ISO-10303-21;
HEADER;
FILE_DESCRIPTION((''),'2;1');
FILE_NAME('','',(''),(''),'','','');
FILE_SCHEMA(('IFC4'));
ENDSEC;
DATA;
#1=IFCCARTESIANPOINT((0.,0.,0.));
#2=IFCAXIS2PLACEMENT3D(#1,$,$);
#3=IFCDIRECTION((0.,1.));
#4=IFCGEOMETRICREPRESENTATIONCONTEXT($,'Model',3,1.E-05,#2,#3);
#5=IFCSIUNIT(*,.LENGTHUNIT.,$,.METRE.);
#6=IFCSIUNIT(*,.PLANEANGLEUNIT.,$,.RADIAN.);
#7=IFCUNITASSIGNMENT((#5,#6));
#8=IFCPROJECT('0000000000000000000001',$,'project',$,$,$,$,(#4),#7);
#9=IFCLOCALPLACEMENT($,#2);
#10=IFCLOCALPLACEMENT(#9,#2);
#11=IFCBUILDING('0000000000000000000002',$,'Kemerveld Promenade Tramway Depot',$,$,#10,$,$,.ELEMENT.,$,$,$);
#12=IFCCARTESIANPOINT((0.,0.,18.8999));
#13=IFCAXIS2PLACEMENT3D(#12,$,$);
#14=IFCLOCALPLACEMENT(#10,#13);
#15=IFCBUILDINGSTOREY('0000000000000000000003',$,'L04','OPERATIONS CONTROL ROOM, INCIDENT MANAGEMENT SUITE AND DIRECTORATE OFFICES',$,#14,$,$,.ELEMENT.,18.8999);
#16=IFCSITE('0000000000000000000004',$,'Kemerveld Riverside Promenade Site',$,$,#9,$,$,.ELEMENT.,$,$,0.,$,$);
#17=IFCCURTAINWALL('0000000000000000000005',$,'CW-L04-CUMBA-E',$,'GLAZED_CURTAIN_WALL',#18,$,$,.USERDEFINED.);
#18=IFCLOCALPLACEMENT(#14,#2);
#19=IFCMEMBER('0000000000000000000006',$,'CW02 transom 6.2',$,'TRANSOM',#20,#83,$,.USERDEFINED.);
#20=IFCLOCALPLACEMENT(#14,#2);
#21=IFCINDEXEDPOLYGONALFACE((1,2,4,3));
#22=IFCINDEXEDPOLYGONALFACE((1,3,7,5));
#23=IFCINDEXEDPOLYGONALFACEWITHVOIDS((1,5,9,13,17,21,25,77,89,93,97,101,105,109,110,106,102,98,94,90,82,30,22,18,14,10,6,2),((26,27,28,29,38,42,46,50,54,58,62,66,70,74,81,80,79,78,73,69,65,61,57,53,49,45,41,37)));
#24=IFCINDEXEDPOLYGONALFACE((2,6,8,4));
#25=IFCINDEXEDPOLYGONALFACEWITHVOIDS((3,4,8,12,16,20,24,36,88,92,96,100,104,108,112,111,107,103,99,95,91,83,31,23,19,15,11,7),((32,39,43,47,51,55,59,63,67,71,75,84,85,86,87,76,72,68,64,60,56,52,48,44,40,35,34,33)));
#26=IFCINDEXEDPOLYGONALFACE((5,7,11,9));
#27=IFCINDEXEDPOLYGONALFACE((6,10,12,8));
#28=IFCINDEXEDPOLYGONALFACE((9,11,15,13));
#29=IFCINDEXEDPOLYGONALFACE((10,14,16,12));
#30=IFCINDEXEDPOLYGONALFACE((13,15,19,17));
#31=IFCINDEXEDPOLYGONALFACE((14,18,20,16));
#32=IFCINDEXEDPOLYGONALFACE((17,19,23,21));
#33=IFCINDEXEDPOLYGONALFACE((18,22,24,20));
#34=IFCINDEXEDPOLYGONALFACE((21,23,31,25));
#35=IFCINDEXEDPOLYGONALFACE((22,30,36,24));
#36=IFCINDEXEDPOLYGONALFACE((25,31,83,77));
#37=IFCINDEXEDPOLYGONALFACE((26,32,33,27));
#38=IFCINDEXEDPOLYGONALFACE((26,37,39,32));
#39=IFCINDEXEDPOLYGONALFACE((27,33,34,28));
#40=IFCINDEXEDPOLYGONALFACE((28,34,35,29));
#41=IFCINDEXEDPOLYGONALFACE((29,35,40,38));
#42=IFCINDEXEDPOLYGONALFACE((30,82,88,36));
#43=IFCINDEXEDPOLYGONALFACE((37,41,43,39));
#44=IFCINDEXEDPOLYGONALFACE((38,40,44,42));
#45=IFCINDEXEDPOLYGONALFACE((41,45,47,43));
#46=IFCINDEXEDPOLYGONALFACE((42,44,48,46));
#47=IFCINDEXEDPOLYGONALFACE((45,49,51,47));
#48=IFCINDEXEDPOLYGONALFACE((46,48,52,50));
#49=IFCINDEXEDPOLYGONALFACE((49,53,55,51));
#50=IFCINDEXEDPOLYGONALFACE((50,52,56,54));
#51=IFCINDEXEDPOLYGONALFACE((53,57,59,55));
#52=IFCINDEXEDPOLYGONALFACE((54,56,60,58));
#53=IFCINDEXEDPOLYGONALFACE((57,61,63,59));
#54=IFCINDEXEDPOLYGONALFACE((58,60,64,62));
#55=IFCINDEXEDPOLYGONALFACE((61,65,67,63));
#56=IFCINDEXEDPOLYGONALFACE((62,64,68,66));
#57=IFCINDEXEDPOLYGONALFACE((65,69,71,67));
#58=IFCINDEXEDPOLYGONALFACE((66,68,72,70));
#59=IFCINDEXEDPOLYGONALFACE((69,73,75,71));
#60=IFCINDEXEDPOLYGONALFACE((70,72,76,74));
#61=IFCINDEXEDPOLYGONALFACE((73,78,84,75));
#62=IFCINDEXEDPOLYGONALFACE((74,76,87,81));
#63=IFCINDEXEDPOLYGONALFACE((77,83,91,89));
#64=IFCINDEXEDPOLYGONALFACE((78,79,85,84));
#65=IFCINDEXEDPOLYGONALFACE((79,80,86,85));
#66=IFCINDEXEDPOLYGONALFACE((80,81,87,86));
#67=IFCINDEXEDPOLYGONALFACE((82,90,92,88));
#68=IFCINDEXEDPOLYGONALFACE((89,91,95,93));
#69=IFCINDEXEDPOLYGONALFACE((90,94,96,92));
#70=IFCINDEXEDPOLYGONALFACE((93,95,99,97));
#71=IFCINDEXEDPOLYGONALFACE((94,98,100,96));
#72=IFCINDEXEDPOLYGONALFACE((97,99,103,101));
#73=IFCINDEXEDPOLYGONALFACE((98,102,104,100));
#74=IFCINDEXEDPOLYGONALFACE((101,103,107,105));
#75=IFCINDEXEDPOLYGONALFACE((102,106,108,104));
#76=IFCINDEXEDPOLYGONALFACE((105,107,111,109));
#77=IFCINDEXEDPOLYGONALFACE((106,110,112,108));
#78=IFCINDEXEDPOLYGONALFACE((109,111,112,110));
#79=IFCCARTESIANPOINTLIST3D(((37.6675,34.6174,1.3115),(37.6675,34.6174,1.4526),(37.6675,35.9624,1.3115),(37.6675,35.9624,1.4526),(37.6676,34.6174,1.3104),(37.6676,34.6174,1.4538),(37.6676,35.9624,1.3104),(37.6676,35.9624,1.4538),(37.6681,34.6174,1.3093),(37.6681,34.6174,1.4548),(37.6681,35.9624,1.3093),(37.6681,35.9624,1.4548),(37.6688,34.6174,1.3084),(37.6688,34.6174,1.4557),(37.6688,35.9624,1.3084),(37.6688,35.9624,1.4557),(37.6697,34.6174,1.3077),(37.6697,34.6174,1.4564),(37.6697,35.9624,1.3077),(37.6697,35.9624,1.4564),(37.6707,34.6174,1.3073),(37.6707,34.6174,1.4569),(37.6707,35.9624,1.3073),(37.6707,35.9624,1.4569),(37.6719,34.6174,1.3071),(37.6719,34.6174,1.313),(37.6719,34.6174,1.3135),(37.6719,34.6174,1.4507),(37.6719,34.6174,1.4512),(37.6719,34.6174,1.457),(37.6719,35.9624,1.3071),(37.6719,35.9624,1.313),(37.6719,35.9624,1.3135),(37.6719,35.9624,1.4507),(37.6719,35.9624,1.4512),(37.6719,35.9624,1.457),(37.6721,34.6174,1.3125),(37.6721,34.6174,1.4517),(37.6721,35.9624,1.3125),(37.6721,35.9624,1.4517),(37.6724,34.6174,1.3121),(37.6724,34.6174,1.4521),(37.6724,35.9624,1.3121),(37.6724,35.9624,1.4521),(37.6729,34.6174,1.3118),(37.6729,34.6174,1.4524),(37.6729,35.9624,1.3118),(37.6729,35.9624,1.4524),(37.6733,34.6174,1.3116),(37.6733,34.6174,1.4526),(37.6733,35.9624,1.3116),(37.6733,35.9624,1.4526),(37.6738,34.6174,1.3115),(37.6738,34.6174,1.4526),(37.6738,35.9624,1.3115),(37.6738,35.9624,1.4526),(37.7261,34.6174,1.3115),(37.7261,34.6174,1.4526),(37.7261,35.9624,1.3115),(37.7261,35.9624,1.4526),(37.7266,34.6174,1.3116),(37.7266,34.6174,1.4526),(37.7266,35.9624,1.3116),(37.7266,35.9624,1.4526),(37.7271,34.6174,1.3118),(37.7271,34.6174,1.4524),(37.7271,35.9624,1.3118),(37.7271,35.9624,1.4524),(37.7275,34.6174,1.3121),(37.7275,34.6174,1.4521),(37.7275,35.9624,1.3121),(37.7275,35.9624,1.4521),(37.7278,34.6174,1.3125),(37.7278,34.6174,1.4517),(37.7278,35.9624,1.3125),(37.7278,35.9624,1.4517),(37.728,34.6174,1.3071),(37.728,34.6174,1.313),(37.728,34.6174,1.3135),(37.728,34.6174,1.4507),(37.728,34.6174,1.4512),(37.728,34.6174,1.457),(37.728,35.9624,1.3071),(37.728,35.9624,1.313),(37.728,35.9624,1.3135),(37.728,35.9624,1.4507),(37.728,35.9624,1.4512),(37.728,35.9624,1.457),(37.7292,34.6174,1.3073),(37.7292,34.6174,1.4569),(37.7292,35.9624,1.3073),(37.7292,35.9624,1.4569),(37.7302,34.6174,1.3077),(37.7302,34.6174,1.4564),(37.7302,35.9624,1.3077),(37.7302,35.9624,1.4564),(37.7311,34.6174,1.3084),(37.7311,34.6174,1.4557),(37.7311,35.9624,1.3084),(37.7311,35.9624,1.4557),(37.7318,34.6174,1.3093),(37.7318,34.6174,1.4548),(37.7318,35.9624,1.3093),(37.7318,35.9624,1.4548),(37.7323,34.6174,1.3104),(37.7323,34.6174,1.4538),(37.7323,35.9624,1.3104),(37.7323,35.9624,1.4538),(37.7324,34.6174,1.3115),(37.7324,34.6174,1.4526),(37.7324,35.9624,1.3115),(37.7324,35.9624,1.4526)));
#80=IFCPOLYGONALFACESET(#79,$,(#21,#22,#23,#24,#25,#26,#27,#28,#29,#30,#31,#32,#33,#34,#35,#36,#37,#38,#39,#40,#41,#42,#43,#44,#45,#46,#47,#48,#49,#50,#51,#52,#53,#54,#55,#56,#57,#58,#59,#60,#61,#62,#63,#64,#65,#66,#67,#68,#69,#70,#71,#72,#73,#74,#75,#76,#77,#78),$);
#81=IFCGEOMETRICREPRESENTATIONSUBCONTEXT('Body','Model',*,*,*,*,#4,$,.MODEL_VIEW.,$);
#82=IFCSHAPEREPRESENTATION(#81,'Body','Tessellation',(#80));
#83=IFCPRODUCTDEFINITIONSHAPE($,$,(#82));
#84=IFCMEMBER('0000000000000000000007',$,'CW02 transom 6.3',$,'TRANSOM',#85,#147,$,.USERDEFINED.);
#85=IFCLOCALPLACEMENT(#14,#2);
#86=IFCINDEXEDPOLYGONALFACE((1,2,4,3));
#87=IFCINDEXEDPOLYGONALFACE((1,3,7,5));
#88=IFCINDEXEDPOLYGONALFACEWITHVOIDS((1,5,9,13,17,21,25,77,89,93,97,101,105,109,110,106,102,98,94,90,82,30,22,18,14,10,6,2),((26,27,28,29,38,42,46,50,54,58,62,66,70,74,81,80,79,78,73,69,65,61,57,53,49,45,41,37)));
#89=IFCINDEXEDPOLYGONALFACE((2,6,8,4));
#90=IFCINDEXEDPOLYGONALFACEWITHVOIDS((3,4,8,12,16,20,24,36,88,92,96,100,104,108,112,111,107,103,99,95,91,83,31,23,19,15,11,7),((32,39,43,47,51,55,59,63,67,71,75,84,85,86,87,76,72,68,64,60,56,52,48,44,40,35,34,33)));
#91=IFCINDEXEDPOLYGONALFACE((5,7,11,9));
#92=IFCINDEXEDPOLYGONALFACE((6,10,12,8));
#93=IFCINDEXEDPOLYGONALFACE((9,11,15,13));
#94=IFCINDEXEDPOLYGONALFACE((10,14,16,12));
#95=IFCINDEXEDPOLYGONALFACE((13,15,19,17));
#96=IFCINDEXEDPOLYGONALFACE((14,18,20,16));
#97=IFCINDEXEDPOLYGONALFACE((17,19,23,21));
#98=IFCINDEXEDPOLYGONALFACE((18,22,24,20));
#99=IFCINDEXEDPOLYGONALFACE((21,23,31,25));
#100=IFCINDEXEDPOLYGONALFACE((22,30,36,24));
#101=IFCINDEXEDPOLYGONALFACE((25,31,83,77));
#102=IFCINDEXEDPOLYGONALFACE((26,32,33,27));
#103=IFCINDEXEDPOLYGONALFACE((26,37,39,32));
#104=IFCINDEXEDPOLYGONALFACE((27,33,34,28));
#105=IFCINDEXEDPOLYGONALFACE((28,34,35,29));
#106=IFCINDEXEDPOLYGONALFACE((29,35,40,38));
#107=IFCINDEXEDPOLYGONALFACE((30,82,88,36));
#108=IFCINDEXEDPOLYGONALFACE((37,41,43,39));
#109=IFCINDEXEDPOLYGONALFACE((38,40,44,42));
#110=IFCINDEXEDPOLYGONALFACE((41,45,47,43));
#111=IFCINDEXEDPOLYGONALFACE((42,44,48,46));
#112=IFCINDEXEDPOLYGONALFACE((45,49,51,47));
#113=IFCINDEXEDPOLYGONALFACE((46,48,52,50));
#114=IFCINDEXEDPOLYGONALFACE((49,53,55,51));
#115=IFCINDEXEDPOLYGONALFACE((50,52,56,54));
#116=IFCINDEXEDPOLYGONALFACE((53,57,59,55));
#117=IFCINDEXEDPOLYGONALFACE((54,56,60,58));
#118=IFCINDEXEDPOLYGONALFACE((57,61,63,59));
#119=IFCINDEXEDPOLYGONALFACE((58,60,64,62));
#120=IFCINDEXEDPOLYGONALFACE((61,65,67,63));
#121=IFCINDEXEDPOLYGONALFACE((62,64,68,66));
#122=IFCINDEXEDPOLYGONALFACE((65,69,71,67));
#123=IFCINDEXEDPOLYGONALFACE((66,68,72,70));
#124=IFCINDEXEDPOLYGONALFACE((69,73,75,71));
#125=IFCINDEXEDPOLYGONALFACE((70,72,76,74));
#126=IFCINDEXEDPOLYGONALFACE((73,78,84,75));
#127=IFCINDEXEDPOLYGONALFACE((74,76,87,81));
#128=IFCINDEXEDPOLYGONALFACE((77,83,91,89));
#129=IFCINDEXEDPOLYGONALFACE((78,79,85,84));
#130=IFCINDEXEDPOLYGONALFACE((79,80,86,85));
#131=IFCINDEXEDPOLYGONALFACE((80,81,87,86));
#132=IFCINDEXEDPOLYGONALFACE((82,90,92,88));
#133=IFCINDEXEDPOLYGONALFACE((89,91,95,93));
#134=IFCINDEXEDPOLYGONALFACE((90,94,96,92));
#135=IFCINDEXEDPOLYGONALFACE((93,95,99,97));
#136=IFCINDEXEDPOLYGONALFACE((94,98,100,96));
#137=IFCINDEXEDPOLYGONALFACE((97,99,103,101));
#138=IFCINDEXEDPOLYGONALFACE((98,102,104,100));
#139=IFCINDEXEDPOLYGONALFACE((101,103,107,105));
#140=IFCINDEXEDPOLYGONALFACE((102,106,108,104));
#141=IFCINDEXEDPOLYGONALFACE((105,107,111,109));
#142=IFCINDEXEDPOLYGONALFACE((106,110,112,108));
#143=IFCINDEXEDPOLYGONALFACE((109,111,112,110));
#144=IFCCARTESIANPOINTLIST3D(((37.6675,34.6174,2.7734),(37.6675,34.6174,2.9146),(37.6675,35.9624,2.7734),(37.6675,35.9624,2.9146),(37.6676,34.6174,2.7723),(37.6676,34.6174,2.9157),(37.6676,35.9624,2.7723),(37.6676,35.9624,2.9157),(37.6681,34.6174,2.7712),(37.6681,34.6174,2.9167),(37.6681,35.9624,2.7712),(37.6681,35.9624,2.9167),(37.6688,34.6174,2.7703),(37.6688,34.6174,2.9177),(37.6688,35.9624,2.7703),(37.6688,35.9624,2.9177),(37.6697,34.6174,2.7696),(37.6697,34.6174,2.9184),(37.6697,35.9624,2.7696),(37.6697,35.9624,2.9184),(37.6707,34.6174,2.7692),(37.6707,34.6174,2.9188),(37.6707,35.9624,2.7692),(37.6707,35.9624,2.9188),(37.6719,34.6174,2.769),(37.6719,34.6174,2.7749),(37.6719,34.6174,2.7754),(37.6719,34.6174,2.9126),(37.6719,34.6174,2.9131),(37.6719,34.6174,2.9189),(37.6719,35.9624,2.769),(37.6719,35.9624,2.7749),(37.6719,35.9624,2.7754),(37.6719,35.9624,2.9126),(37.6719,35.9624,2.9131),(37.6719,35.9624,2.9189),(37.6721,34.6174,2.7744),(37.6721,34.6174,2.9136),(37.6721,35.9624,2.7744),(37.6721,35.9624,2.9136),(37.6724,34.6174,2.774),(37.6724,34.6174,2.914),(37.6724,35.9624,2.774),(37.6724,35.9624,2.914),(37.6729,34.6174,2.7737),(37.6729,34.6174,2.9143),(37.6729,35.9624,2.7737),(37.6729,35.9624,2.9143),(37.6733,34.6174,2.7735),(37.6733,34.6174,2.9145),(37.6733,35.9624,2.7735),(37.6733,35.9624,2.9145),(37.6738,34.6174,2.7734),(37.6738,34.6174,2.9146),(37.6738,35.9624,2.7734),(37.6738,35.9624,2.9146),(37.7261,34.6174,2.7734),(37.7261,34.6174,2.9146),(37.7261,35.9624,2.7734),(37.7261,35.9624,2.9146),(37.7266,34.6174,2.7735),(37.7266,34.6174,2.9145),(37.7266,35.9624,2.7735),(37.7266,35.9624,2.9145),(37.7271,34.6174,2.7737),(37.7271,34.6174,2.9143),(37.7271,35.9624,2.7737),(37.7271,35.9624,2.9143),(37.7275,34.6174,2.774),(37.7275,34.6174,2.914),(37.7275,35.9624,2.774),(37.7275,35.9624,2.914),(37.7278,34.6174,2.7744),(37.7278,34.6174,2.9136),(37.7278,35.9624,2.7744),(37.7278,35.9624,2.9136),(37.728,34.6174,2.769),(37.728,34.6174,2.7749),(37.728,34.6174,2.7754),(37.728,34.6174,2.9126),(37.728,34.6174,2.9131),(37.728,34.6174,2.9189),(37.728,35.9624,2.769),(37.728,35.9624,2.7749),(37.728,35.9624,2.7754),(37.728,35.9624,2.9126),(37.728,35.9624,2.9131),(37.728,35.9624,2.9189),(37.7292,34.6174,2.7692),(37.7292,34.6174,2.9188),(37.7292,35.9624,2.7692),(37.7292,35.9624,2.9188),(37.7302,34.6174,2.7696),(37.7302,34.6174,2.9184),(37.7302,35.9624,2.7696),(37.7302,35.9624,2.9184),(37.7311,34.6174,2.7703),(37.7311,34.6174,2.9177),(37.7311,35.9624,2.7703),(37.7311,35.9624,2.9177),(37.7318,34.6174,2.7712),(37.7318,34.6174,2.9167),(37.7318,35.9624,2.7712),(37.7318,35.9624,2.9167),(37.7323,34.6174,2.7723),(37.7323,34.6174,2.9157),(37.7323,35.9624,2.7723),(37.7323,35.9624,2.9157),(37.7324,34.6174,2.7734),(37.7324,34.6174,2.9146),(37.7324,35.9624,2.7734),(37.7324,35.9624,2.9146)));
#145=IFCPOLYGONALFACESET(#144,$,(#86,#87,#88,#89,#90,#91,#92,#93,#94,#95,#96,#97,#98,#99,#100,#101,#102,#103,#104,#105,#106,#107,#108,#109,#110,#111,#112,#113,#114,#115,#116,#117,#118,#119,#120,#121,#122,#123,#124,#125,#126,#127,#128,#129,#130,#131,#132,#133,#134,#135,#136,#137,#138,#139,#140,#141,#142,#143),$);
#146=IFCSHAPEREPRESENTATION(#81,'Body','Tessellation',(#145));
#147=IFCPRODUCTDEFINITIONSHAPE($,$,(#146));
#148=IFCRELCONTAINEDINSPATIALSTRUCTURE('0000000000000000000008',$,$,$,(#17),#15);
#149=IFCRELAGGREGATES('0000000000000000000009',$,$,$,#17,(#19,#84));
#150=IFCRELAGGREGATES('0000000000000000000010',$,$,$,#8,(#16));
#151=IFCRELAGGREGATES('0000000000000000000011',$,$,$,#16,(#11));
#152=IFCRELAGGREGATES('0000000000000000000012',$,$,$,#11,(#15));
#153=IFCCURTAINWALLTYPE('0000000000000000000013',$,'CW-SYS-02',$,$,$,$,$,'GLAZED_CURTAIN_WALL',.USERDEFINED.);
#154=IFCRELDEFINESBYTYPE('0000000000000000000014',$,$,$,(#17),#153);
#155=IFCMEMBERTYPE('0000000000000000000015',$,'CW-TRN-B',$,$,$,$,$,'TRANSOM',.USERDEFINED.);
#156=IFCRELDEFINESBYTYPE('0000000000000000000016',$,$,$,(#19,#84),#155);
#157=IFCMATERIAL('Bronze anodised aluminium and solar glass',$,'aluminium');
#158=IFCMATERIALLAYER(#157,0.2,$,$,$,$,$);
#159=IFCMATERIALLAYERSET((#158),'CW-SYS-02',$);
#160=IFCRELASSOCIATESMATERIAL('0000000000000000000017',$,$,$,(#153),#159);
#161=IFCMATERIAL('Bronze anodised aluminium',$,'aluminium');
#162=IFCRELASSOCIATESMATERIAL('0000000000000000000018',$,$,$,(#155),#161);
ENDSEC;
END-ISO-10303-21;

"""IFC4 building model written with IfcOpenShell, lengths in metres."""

from ifc_helpers import new_model, si_unit, direction, frame, origin, origin_2d, place, context, subcontext, project, spatial, hollow_rectangle, extrude, material, layer, layer_set, material_profile, profile_set, type_object, element, aggregate, save


model = new_model("IFC4")

# Units and contexts
model_context = context("Model", 3, precision=1e-05, world=origin(), true_north=direction((0.0, 1.0)))
body_context = subcontext(model_context, "Body", "Model", "MODEL_VIEW")
ifc_project = project(units=[si_unit("LENGTHUNIT", "METRE"), si_unit("PLANEANGLEUNIT", "RADIAN")], contexts=[model_context])

# Site, building, storey
site_placement = place(None, origin())
site = spatial("IfcSite", under=ifc_project, at=site_placement, Name="Kemerveld Riverside Promenade Site", CompositionType="ELEMENT", RefElevation=0.0)
building_placement = place(site_placement, origin())
building = spatial("IfcBuilding", under=site, at=building_placement, Name="Kemerveld Promenade Tramway Depot", CompositionType="ELEMENT")
storey_placement = place(building_placement, frame((0.0, 0.0, 18.8999)))
storey = spatial("IfcBuildingStorey", under=building, at=storey_placement, Name="L04", Description="OPERATIONS CONTROL ROOM, INCIDENT MANAGEMENT SUITE AND DIRECTORATE OFFICES", CompositionType="ELEMENT", Elevation=18.8999)

# Curtain wall, members
ifc_material_1 = material(Name="Bronze anodised aluminium and solar glass", Category="aluminium")
ifc_layer_1 = layer(ifc_material_1, 0.2)
ifc_layer_set_1 = layer_set([ifc_layer_1], Name="CW-SYS-02")
curtain_wall_type = type_object("IfcCurtainWallType", Name="CW-SYS-02", ElementType="GLAZED_CURTAIN_WALL", PredefinedType="USERDEFINED", material=ifc_layer_set_1)
curtain_wall_placement = place(storey_placement, origin())
curtain_wall = element("IfcCurtainWall", 1, at=curtain_wall_placement, inside=storey, type_object=curtain_wall_type, Name="CW-L04-CUMBA-E", ObjectType="GLAZED_CURTAIN_WALL", PredefinedType="USERDEFINED")
ifc_material_2 = material(Name="Bronze anodised aluminium", Category="aluminium")
ifc_material_profile_1 = material_profile(ifc_material_2, hollow_rectangle(XDim=0.0649, YDim=0.1499, WallThickness=0.0044, InnerFilletRadius=0.002, OuterFilletRadius=0.0044, at=origin_2d()), Name="CW-TRN-150x65")
ifc_profile_set_1 = profile_set([ifc_material_profile_1], Name="Bronze anodised aluminium")
member_type_1 = type_object("IfcMemberType", Name="CW-TRN-B", ElementType="TRANSOM", PredefinedType="USERDEFINED", material=ifc_profile_set_1)
member_1_placement = place(storey_placement, frame((37.7, 35.9624, 1.3821), z_axis=(0.0, -1.0, 0.0), x_axis=(1.0, 0.0, 0.0)))
member_1 = element("IfcMember", 2, at=member_1_placement, type_object=member_type_1, Name="CW02 transom 6.2", ObjectType="TRANSOM", PredefinedType="USERDEFINED", context=body_context, shape_type="SweptSolid", body=[
    extrude(hollow_rectangle(XDim=0.0649, YDim=0.1499, WallThickness=0.0044, InnerFilletRadius=0.002, OuterFilletRadius=0.0044, at=origin_2d()), origin(), (0.0, 0.0, 1.0), 1.345),
])
member_2_placement = place(storey_placement, frame((37.7, 35.9624, 2.844), z_axis=(0.0, -1.0, 0.0), x_axis=(1.0, 0.0, 0.0)))
member_2 = element("IfcMember", 3, at=member_2_placement, type_object=member_type_1, Name="CW02 transom 6.3", ObjectType="TRANSOM", PredefinedType="USERDEFINED", context=body_context, shape_type="SweptSolid", body=[
    extrude(hollow_rectangle(XDim=0.0649, YDim=0.1499, WallThickness=0.0044, InnerFilletRadius=0.002, OuterFilletRadius=0.0044, at=origin_2d()), origin(), (0.0, 0.0, 1.0), 1.345),
])
aggregate(curtain_wall, [member_1, member_2])

save(model, "model.ifc")
